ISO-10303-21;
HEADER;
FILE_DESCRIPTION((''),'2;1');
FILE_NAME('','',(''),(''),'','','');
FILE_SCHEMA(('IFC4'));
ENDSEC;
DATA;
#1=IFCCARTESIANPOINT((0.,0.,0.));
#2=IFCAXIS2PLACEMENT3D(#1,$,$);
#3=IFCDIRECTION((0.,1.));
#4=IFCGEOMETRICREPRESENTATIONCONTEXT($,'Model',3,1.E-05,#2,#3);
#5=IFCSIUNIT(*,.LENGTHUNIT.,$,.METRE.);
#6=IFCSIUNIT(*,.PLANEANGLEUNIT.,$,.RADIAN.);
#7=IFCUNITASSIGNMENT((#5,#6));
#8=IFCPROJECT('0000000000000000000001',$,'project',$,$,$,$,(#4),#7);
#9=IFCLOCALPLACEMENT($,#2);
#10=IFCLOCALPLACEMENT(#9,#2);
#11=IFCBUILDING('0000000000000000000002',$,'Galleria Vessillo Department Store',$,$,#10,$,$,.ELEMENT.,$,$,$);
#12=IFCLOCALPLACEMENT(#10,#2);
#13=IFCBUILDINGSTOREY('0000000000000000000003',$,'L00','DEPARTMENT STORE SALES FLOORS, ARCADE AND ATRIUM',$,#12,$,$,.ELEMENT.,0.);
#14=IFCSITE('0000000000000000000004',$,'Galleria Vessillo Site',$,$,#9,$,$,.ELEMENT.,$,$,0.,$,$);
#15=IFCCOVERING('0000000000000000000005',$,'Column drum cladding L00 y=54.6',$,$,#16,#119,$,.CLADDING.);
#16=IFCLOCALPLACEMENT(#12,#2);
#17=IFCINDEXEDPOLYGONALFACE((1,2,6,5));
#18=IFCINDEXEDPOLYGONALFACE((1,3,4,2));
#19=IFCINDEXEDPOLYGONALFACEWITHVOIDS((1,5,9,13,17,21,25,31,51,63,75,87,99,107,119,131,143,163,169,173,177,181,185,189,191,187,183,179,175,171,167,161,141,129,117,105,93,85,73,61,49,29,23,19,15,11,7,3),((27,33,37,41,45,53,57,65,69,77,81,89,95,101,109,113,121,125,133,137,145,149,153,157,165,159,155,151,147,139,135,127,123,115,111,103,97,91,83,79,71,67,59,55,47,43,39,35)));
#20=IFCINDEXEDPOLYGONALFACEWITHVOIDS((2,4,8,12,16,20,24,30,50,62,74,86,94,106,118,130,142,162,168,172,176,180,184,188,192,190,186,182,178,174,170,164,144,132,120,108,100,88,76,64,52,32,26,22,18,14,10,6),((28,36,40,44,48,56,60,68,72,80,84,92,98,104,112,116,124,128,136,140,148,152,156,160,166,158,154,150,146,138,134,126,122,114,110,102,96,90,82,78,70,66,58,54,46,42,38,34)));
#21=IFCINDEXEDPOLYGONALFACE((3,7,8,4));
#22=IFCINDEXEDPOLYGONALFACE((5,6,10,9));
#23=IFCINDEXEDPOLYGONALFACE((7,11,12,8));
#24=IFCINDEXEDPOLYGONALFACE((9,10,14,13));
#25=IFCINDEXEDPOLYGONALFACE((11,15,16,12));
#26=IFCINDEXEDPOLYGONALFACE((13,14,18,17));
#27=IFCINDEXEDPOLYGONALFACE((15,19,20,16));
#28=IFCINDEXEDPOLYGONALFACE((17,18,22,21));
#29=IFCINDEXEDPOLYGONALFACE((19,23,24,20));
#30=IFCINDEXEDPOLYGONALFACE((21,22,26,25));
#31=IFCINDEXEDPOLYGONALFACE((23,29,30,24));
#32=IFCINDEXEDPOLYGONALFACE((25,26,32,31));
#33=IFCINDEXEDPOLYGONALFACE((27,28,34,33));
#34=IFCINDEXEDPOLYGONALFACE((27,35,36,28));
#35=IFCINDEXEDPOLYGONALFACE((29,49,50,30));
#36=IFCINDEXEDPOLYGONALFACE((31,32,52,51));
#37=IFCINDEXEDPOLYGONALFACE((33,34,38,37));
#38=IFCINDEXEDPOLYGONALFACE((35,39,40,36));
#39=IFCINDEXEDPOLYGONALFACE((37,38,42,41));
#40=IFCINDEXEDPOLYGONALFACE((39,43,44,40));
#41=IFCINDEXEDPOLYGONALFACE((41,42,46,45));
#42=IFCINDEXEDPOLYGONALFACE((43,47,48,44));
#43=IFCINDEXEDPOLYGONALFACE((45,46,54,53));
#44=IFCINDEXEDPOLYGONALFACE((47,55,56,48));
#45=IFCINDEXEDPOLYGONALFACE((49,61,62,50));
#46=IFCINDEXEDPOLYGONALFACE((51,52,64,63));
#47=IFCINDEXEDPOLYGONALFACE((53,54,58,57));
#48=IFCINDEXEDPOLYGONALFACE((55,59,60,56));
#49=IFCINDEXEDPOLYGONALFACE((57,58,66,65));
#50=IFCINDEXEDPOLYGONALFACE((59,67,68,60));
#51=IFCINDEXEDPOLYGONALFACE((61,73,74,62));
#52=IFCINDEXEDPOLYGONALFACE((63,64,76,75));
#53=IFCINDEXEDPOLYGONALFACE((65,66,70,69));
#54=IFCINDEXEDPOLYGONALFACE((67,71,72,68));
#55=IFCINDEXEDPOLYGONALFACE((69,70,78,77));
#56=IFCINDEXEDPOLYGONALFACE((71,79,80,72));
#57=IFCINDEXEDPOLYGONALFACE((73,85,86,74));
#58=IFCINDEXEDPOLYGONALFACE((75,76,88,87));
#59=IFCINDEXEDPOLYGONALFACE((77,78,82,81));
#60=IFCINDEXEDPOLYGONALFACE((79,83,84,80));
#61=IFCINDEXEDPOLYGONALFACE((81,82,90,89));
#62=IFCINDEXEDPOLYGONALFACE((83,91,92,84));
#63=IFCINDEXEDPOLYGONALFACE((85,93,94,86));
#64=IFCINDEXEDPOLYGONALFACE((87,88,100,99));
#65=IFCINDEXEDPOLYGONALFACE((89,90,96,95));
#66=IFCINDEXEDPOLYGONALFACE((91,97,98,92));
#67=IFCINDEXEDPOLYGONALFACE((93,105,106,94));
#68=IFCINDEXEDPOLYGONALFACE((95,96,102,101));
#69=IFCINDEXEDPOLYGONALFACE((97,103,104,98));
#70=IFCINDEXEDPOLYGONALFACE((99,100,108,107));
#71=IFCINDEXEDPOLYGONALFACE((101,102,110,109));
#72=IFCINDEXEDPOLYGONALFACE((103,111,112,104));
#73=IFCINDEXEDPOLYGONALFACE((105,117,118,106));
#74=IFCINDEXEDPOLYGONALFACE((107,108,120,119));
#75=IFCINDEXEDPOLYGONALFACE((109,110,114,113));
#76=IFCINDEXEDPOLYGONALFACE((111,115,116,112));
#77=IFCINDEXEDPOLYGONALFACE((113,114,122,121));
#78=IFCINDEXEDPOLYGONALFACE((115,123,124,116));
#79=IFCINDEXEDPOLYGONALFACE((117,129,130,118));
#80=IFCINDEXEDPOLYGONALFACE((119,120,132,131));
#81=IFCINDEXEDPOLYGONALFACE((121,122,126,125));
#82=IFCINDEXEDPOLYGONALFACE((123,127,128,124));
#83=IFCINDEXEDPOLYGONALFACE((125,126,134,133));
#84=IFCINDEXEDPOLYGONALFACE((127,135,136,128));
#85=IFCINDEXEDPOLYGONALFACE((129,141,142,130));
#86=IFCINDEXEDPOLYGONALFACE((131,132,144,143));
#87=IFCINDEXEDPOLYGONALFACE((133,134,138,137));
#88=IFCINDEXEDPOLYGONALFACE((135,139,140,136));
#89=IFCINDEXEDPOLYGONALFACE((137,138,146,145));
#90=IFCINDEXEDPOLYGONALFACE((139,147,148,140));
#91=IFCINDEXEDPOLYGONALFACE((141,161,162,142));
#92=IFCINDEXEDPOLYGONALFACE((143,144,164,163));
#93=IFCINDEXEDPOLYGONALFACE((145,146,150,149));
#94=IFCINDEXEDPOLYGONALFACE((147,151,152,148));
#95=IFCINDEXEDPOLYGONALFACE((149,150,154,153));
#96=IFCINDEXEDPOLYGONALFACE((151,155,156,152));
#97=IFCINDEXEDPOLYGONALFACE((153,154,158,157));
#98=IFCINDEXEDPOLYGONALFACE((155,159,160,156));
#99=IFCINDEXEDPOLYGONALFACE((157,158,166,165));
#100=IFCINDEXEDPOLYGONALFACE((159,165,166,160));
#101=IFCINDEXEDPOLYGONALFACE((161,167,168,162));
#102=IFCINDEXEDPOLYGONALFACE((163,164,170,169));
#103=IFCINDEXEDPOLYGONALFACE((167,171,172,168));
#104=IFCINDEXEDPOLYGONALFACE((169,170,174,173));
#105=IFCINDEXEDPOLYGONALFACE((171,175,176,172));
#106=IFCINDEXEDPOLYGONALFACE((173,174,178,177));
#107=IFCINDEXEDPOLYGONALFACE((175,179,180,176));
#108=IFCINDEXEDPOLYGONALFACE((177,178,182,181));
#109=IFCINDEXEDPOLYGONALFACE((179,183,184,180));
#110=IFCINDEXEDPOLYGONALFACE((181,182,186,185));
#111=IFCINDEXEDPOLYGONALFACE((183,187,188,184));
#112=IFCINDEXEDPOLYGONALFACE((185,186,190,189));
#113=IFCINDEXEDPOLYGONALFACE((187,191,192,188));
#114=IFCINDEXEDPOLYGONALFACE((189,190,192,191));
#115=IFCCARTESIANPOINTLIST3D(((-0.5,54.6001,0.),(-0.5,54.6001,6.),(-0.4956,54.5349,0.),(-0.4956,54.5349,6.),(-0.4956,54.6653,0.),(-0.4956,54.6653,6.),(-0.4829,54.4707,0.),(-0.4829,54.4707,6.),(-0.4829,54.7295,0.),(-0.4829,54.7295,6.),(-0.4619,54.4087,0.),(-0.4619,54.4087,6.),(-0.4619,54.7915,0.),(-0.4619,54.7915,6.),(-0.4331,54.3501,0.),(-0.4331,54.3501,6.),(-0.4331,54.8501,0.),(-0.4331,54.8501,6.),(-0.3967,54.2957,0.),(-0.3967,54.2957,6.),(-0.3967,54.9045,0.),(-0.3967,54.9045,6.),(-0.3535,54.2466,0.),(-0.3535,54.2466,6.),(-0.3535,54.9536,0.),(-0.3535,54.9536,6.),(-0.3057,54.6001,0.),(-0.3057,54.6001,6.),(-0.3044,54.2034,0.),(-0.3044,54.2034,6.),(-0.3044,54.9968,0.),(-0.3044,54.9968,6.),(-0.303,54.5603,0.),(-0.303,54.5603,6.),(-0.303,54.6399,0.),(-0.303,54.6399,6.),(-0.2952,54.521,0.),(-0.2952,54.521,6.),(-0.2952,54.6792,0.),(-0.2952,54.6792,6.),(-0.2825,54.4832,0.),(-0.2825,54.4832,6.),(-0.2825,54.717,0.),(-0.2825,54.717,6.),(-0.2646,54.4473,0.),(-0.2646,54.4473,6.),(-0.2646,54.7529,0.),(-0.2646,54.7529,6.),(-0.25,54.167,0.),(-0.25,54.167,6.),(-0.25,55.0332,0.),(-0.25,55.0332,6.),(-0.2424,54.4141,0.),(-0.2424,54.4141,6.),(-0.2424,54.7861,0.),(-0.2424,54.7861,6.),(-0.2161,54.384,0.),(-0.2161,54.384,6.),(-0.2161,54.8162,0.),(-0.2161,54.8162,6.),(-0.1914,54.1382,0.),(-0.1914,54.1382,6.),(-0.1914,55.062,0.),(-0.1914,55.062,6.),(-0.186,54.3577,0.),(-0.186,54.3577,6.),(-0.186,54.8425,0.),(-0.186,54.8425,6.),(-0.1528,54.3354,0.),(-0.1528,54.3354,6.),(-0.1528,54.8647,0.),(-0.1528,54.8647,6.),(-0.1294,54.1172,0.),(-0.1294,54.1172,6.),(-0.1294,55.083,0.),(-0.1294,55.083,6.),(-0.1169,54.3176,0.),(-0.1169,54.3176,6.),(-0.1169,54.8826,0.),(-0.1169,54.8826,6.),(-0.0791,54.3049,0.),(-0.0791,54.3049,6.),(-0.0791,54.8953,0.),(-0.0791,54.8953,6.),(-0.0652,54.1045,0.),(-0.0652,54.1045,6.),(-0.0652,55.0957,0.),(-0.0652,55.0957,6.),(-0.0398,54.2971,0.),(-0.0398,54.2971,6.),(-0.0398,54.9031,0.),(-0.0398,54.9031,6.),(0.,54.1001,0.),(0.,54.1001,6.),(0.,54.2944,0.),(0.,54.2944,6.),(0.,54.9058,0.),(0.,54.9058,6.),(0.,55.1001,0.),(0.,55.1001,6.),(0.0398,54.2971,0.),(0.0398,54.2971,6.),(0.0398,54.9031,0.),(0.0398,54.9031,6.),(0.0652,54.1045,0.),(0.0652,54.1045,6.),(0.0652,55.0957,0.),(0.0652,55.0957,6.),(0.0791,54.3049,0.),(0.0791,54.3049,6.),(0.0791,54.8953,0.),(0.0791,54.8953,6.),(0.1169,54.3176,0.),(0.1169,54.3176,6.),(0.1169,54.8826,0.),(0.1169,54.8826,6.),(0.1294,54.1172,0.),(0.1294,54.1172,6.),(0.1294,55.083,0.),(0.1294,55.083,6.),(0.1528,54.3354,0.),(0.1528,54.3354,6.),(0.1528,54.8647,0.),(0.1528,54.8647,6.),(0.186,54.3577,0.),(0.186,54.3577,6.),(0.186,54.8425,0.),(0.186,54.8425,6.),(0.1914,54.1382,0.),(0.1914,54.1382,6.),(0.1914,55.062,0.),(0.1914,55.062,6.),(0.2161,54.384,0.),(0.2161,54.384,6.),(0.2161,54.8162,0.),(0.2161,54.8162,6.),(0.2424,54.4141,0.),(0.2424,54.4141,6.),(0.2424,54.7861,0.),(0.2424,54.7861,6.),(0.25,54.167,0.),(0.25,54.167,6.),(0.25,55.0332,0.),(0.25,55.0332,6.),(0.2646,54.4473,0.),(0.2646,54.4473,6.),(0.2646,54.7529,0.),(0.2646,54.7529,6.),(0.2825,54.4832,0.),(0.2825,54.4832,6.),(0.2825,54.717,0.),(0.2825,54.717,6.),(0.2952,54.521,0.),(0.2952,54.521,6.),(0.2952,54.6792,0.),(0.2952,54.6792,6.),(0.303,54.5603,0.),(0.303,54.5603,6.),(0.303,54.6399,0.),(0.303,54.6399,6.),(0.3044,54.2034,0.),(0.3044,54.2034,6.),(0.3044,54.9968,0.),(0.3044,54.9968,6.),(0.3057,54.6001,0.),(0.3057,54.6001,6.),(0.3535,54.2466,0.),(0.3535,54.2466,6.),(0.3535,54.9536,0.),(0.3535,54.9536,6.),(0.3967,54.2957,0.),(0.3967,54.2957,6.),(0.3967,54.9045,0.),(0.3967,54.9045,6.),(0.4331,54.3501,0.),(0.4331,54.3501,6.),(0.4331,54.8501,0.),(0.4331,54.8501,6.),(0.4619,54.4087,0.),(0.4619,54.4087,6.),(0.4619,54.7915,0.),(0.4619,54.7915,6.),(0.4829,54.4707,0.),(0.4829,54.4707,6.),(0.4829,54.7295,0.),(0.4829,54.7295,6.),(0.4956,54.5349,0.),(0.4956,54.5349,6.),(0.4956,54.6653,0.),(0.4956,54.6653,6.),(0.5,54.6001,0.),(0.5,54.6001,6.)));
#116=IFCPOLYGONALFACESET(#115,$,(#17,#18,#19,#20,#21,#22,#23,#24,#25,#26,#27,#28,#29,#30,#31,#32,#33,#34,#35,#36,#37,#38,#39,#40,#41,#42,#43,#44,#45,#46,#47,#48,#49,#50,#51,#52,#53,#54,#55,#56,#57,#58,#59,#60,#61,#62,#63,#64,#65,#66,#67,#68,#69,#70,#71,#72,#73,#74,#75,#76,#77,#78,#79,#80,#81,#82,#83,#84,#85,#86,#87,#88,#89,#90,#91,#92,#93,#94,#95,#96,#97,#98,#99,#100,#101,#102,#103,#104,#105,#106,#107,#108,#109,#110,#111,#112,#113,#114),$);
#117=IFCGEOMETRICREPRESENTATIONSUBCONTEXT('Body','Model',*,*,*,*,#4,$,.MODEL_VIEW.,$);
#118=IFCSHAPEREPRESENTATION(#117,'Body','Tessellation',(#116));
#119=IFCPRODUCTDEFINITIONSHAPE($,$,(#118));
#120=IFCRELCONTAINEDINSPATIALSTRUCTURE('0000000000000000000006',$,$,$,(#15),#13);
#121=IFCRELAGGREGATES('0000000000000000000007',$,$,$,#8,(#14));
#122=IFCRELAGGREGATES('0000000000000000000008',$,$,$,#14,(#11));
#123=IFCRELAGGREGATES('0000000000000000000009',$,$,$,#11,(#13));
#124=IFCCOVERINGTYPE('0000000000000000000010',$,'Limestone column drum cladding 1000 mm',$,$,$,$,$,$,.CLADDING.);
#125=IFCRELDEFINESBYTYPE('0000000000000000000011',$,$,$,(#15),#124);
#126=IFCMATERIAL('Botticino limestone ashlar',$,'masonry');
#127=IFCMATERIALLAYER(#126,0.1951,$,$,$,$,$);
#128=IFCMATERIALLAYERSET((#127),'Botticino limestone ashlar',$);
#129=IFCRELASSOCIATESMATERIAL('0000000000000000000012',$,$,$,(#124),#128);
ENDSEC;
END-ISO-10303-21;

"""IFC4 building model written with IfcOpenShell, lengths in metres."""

from ifc_helpers import new_model, si_unit, direction, origin, place, context, subcontext, project, spatial, polyline, outline, extrude, material, layer, layer_set, type_object, element, save


model = new_model("IFC4")

# Units and contexts
model_context = context("Model", 3, precision=1e-05, world=origin(), true_north=direction((0.0, 1.0)))
body_context = subcontext(model_context, "Body", "Model", "MODEL_VIEW")
ifc_project = project(units=[si_unit("LENGTHUNIT", "METRE"), si_unit("PLANEANGLEUNIT", "RADIAN")], contexts=[model_context])

# Site, building, storey
site_placement = place(None, origin())
site = spatial("IfcSite", under=ifc_project, at=site_placement, Name="Galleria Vessillo Site", CompositionType="ELEMENT", RefElevation=0.0)
building_placement = place(site_placement, origin())
building = spatial("IfcBuilding", under=site, at=building_placement, Name="Galleria Vessillo Department Store", CompositionType="ELEMENT")
storey_placement = place(building_placement, origin())
storey = spatial("IfcBuildingStorey", under=building, at=storey_placement, Name="L00", Description="DEPARTMENT STORE SALES FLOORS, ARCADE AND ATRIUM", CompositionType="ELEMENT", Elevation=0.0)

# Covering
ifc_material_1 = material(Name="Botticino limestone ashlar", Category="masonry")
ifc_layer_1 = layer(ifc_material_1, 0.1951)
ifc_layer_set_1 = layer_set([ifc_layer_1], Name="Botticino limestone ashlar")
covering_type = type_object("IfcCoveringType", Name="Limestone column drum cladding 1000 mm", PredefinedType="CLADDING", material=ifc_layer_set_1)
covering_1_placement = place(storey_placement, origin())
element("IfcCovering", 1, at=covering_1_placement, inside=storey, type_object=covering_type, Name="Column drum cladding L00 y=54.6", PredefinedType="CLADDING", context=body_context, shape_type="SweptSolid", body=[
    extrude(outline(polyline([(0.5, 54.6001), (0.4956, 54.6653), (0.4829, 54.7295), (0.4619, 54.7915), (0.4331, 54.8501), (0.3967, 54.9045), (0.3535, 54.9536), (0.3044, 54.9968), (0.25, 55.0332), (0.1914, 55.062), (0.1294, 55.083), (0.0652, 55.0957), (0.0, 55.1001), (-0.0652, 55.0957), (-0.1294, 55.083), (-0.1914, 55.062), (-0.25, 55.0332), (-0.3044, 54.9968), (-0.3535, 54.9536), (-0.3967, 54.9045), (-0.4331, 54.8501), (-0.4619, 54.7915), (-0.4829, 54.7295), (-0.4956, 54.6653), (-0.5, 54.6001), (-0.4956, 54.5349), (-0.4829, 54.4707), (-0.4619, 54.4087), (-0.4331, 54.3501), (-0.3967, 54.2957), (-0.3535, 54.2466), (-0.3044, 54.2034), (-0.25, 54.167), (-0.1914, 54.1382), (-0.1294, 54.1172), (-0.0652, 54.1045), (0.0, 54.1001), (0.0652, 54.1045), (0.1294, 54.1172), (0.1914, 54.1382), (0.25, 54.167), (0.3044, 54.2034), (0.3535, 54.2466), (0.3967, 54.2957), (0.4331, 54.3501), (0.4619, 54.4087), (0.4829, 54.4707), (0.4956, 54.5349), (0.5, 54.6001)]), holes=[polyline([(0.3057, 54.6001), (0.303, 54.6399), (0.2952, 54.6792), (0.2825, 54.717), (0.2646, 54.7529), (0.2424, 54.7861), (0.2161, 54.8162), (0.186, 54.8425), (0.1528, 54.8647), (0.1169, 54.8826), (0.0791, 54.8953), (0.0398, 54.9031), (0.0, 54.9058), (-0.0398, 54.9031), (-0.0791, 54.8953), (-0.1169, 54.8826), (-0.1528, 54.8647), (-0.186, 54.8425), (-0.2161, 54.8162), (-0.2424, 54.7861), (-0.2646, 54.7529), (-0.2825, 54.717), (-0.2952, 54.6792), (-0.303, 54.6399), (-0.3057, 54.6001), (-0.303, 54.5603), (-0.2952, 54.521), (-0.2825, 54.4832), (-0.2646, 54.4473), (-0.2424, 54.4141), (-0.2161, 54.384), (-0.186, 54.3577), (-0.1528, 54.3354), (-0.1169, 54.3176), (-0.0791, 54.3049), (-0.0398, 54.2971), (0.0, 54.2944), (0.0398, 54.2971), (0.0791, 54.3049), (0.1169, 54.3176), (0.1528, 54.3354), (0.186, 54.3577), (0.2161, 54.384), (0.2424, 54.4141), (0.2646, 54.4473), (0.2825, 54.4832), (0.2952, 54.521), (0.303, 54.5603), (0.3057, 54.6001)])]), origin(), (0.0, 0.0, 1.0), 6.0),
])

save(model, "model.ifc")
